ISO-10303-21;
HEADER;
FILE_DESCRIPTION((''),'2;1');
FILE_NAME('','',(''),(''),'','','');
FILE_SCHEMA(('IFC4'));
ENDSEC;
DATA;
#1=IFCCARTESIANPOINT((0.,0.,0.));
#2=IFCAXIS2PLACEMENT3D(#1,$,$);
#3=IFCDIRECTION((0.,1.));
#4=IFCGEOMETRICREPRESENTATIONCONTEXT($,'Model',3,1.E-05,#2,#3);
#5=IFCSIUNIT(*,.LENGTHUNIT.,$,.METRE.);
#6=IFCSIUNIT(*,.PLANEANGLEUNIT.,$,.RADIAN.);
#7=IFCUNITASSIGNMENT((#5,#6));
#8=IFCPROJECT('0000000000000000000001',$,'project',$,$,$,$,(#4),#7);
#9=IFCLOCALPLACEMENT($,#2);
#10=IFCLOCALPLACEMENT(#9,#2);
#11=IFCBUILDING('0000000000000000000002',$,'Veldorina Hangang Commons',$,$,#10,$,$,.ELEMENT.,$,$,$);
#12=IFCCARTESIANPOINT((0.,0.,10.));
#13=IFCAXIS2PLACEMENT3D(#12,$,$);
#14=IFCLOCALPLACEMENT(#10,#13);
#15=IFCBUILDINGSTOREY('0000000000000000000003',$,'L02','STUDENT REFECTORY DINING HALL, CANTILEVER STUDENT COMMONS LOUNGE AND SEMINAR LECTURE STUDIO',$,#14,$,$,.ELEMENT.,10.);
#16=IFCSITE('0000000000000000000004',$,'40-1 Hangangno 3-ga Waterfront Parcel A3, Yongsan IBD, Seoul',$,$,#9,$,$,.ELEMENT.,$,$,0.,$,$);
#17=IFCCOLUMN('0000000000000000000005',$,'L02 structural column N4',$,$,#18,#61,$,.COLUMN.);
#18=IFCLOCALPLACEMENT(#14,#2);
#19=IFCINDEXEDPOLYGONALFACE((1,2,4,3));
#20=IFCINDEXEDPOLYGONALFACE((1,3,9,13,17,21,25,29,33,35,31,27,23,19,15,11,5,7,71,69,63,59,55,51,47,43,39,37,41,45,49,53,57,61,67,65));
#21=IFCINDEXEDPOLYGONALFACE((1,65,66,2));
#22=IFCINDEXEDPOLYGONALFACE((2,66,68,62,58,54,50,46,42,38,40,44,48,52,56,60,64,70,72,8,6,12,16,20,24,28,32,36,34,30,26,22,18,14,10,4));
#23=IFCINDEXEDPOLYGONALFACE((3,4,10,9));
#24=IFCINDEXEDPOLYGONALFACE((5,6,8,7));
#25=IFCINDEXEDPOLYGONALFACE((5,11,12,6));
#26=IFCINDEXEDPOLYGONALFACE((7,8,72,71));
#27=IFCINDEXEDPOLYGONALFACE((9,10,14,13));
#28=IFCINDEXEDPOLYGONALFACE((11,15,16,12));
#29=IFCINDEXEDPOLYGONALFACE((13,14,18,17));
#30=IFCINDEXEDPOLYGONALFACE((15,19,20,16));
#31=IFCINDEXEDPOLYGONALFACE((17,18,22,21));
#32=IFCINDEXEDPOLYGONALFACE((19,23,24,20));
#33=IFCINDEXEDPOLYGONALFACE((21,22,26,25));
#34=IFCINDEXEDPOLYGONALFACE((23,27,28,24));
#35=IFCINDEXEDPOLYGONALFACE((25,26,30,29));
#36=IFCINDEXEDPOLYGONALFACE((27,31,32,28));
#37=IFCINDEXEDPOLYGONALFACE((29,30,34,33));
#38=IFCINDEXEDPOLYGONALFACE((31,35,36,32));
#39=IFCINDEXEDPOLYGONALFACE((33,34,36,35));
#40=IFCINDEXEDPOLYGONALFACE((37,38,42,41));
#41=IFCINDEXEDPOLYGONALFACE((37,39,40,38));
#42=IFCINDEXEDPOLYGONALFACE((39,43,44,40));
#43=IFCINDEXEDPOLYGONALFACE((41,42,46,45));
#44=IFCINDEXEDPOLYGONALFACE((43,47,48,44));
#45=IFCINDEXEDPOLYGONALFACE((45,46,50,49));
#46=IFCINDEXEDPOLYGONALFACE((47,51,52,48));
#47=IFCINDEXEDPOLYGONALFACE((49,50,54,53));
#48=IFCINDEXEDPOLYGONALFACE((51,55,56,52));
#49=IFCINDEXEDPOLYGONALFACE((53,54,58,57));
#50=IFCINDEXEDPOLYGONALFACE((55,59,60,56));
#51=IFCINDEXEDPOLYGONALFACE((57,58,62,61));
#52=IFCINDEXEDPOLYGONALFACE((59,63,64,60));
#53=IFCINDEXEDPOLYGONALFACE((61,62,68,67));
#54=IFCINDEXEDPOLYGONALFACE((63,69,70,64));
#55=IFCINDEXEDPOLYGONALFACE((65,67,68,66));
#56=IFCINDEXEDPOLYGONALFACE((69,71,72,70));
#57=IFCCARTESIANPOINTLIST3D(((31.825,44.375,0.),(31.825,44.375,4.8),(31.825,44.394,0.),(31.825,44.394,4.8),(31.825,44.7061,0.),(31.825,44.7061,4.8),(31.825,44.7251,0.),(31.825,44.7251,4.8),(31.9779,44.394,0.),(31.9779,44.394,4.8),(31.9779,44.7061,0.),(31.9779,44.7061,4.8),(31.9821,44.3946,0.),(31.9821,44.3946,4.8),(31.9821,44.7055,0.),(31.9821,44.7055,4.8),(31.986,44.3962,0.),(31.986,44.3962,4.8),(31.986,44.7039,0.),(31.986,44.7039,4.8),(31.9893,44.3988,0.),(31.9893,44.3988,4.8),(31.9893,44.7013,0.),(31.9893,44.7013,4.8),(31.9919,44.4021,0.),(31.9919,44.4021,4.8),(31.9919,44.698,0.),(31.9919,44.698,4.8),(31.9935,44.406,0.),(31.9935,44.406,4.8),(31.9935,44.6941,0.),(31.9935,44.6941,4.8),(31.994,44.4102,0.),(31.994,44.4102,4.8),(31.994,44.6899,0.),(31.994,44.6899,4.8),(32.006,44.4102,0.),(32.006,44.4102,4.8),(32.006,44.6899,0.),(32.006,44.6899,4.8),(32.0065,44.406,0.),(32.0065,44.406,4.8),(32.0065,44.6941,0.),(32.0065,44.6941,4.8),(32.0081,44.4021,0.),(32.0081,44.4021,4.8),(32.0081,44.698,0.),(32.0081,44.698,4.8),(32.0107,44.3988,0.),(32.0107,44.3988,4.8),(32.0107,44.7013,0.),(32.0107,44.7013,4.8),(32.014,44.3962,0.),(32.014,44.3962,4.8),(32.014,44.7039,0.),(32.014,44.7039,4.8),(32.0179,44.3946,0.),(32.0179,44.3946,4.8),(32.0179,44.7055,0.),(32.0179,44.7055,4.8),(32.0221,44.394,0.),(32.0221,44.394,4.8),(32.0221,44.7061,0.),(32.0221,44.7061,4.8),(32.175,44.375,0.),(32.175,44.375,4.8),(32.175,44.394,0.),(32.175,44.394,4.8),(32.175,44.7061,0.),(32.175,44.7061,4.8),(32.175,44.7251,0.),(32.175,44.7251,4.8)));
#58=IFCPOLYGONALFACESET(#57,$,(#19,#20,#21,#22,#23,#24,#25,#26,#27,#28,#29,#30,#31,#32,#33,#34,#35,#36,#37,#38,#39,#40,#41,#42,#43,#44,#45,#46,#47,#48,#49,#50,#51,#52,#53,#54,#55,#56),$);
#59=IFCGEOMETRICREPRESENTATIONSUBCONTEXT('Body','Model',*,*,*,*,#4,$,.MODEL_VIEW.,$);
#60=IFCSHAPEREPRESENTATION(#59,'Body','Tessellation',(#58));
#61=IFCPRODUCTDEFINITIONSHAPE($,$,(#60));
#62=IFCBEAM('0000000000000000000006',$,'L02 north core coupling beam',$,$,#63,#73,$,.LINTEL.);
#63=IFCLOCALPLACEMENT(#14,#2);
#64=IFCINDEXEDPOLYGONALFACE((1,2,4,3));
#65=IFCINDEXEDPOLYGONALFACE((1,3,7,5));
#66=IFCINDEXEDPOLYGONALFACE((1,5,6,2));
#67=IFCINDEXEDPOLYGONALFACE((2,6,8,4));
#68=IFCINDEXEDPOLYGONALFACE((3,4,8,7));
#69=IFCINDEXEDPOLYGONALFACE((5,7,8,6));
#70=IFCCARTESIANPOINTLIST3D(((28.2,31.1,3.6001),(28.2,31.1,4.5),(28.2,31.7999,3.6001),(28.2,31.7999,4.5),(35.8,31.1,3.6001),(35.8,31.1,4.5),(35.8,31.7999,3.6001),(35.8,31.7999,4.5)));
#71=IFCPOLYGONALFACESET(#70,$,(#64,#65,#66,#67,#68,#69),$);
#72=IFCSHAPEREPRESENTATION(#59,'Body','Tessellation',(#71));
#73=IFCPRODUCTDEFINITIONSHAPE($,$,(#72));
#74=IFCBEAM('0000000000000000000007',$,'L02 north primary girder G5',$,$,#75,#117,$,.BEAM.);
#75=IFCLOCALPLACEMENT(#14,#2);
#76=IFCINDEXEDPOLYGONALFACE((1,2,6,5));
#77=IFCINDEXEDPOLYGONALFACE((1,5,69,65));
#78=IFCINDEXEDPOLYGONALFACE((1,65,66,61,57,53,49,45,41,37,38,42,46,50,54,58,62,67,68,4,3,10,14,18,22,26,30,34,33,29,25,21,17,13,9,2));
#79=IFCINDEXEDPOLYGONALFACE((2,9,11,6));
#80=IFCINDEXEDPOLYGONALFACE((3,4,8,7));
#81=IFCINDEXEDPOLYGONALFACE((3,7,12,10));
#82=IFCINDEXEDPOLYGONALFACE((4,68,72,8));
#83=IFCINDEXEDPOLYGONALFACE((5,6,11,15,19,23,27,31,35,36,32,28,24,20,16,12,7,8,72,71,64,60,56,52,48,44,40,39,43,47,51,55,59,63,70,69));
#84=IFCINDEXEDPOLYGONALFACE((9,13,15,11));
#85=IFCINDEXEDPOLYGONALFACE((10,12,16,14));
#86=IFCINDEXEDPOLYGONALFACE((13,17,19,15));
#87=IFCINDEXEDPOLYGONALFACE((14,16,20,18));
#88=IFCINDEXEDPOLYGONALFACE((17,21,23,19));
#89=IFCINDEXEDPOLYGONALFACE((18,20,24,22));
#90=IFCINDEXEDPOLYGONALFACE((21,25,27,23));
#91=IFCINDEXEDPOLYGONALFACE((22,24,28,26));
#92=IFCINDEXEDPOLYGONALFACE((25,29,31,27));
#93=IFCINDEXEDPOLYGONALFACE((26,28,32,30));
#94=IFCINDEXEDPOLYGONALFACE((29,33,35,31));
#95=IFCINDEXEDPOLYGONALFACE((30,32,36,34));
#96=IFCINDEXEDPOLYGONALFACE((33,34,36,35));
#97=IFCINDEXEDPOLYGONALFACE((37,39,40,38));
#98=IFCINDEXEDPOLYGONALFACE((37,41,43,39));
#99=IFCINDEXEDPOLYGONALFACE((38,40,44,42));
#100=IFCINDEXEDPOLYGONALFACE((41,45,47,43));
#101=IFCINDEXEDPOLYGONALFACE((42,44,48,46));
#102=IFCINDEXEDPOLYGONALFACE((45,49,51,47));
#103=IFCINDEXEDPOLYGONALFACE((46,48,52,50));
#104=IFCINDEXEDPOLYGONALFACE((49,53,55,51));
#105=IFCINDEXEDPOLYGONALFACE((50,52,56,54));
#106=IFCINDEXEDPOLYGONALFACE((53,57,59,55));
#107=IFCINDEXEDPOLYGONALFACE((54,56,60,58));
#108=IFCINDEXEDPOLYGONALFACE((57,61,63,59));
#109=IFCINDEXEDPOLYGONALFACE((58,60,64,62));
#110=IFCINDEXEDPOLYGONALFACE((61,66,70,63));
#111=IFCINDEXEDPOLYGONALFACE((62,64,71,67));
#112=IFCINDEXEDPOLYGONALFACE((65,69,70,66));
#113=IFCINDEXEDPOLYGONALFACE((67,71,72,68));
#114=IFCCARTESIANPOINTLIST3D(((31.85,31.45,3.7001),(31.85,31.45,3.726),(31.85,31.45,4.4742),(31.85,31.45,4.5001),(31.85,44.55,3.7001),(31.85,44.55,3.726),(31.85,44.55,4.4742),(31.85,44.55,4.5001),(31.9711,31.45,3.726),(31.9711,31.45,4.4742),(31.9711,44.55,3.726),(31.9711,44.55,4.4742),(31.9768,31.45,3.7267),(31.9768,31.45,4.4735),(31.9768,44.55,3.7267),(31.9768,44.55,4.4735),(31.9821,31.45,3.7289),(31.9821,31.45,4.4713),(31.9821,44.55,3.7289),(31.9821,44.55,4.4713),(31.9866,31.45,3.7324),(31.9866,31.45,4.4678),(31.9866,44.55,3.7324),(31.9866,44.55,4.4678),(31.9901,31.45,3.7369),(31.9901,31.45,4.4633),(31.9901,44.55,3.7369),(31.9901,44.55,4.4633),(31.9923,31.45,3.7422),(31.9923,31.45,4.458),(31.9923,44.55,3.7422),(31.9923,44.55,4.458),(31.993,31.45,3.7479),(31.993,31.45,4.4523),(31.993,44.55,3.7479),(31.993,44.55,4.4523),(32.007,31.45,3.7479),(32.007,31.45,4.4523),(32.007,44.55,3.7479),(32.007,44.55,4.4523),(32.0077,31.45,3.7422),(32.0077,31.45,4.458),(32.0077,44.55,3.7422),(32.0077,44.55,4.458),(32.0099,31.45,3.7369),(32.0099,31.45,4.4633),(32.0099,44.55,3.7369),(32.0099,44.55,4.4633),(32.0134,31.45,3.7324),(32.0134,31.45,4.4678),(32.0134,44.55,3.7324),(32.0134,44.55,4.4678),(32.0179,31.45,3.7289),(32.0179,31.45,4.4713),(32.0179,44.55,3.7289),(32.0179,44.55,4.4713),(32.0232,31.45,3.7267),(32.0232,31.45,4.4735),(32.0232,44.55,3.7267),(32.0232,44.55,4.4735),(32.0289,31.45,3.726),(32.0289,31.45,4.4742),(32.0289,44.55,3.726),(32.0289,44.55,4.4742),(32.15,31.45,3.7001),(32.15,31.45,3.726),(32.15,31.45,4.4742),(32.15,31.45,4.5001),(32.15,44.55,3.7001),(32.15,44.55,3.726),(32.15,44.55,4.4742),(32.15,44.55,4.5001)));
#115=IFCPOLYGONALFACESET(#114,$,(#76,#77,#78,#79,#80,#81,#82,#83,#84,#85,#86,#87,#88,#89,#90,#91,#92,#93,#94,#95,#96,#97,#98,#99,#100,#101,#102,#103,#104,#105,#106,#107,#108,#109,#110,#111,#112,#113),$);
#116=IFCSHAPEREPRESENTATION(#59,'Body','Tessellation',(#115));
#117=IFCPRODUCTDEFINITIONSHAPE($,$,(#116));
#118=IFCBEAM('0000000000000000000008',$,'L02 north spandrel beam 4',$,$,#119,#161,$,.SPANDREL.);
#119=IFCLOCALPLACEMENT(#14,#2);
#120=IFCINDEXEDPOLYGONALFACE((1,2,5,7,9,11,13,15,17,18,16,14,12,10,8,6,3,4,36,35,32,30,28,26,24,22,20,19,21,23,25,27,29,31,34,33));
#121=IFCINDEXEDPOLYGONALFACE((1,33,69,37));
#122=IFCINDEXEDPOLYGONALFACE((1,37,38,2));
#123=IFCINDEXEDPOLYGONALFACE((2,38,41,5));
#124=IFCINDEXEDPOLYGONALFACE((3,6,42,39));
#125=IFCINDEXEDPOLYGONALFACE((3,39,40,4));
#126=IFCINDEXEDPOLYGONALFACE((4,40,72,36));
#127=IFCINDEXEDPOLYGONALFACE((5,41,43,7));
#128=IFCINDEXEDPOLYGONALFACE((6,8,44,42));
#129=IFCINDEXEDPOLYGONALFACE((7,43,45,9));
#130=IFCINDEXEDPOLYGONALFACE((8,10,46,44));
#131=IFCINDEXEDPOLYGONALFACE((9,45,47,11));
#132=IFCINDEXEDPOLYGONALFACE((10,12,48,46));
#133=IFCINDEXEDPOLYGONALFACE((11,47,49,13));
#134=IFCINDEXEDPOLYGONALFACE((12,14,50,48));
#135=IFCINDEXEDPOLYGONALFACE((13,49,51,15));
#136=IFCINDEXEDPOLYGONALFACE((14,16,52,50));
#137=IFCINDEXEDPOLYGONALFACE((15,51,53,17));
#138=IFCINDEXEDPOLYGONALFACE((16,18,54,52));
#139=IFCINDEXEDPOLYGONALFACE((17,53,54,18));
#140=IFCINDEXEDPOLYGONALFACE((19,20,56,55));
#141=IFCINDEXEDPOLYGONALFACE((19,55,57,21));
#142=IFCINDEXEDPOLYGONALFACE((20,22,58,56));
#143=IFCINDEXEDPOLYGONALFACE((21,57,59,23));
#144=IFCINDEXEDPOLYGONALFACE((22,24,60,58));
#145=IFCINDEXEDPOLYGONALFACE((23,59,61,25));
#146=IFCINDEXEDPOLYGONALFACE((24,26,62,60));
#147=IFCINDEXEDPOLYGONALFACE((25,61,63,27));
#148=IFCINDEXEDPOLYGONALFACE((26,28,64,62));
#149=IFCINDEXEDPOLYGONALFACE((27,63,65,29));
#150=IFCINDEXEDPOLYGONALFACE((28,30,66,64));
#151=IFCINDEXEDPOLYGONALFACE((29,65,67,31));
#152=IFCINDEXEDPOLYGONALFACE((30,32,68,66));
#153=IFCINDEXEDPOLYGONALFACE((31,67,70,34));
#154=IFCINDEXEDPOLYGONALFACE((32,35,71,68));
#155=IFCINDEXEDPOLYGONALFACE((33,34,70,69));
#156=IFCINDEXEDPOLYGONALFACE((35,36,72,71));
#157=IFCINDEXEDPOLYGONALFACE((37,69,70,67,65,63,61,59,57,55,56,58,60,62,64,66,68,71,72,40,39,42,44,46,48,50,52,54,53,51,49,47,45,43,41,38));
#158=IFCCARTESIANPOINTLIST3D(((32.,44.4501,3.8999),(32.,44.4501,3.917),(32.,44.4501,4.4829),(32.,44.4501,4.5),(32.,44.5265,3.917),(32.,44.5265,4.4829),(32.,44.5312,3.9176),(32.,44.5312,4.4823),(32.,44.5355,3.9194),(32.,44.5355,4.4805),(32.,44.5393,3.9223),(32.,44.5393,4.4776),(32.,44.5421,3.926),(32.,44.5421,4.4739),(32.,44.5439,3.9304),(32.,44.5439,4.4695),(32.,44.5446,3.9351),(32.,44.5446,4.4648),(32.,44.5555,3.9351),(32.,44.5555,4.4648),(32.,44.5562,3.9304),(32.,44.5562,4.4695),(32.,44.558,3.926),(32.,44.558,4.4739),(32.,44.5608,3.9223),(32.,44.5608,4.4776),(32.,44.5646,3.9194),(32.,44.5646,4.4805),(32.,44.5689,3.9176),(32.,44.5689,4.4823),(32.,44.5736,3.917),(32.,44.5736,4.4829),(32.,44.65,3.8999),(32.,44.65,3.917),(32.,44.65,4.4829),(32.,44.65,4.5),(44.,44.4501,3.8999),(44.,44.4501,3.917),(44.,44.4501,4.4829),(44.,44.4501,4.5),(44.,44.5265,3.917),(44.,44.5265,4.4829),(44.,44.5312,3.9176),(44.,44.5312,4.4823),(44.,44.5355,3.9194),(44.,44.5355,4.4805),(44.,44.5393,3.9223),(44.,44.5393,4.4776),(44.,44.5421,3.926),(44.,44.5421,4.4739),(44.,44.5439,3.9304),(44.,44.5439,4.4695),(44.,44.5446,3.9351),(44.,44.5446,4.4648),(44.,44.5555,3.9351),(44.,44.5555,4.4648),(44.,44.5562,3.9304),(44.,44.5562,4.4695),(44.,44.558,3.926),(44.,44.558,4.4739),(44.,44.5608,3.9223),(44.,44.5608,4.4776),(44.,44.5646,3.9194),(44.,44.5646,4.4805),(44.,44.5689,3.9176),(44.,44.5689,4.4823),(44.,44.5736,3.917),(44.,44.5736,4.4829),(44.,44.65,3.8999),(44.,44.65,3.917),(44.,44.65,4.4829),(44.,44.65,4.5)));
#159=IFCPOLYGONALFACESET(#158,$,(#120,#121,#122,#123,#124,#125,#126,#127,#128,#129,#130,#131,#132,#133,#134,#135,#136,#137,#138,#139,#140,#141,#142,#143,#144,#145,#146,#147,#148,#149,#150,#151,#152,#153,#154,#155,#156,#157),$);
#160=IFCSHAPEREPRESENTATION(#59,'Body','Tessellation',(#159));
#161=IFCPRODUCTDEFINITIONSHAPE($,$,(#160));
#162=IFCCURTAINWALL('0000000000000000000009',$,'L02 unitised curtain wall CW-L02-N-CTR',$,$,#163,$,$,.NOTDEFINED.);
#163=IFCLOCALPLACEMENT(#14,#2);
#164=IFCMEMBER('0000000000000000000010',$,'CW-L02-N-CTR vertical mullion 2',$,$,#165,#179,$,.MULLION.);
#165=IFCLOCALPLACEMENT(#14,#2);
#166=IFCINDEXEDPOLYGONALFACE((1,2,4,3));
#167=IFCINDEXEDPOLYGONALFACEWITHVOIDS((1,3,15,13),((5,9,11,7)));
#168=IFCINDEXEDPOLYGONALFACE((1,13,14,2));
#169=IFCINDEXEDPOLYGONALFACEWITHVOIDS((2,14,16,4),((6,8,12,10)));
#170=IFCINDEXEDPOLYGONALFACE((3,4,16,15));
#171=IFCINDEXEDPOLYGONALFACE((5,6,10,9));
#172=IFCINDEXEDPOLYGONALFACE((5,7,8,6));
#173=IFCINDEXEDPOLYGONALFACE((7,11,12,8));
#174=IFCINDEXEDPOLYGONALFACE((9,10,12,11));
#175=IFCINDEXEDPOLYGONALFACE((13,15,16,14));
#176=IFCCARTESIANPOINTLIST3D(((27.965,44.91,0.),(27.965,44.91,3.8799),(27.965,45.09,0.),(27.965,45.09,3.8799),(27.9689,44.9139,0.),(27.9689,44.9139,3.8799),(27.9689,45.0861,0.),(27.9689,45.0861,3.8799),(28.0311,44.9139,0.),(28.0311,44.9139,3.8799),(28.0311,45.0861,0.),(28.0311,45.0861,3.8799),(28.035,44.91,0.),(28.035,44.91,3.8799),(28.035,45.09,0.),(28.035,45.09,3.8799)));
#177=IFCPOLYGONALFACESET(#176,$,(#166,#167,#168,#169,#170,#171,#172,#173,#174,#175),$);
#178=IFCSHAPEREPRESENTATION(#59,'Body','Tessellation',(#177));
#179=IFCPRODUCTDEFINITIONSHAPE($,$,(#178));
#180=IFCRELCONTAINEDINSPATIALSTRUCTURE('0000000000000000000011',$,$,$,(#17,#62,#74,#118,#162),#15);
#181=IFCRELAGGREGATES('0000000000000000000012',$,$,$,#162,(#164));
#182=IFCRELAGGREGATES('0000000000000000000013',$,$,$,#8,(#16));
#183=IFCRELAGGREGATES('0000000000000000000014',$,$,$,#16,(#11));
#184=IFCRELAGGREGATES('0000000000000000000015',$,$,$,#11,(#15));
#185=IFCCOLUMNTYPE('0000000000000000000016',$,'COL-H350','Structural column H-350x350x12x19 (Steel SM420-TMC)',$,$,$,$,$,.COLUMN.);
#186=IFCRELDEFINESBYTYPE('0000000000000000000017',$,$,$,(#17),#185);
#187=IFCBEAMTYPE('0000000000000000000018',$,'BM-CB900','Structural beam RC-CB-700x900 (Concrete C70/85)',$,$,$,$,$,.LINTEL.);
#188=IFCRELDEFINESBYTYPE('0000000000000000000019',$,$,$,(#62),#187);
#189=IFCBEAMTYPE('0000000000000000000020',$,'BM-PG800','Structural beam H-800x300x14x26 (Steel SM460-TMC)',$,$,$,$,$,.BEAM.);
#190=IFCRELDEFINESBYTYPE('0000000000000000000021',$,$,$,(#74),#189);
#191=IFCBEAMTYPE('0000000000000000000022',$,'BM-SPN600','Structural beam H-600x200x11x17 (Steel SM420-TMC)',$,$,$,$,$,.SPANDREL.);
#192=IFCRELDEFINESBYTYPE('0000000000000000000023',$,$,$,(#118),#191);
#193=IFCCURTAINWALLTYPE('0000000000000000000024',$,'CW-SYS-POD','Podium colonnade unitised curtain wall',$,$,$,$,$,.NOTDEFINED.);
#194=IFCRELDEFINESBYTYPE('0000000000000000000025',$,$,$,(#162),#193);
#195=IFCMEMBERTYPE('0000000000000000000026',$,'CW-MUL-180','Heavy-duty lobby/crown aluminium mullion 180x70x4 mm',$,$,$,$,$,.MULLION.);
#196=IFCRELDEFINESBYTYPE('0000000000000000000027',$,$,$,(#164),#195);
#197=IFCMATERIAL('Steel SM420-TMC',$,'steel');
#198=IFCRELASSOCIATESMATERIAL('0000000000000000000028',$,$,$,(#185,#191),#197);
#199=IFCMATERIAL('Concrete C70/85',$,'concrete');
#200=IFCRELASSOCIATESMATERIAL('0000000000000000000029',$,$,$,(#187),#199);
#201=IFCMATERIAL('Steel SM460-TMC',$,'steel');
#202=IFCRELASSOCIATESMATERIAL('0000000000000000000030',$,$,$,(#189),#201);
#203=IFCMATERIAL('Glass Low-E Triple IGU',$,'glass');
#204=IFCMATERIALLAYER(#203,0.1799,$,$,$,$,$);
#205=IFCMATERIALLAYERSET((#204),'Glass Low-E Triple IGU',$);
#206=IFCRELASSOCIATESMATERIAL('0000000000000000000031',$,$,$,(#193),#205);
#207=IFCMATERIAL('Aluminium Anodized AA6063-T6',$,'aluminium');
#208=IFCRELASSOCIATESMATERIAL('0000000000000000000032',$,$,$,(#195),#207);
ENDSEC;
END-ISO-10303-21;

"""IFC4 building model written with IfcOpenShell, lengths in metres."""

from ifc_helpers import new_model, si_unit, direction, frame, origin, origin_2d, place, context, subcontext, project, spatial, rectangle, hollow_rectangle, i_section, extrude, material, layer, layer_set, material_profile, profile_set, type_object, element, aggregate, save


model = new_model("IFC4")

# Units and contexts
model_context = context("Model", 3, precision=1e-05, world=origin(), true_north=direction((0.0, 1.0)))
body_context = subcontext(model_context, "Body", "Model", "MODEL_VIEW")
ifc_project = project(units=[si_unit("LENGTHUNIT", "METRE"), si_unit("PLANEANGLEUNIT", "RADIAN")], contexts=[model_context])

# Site, building, storey
site_placement = place(None, origin())
site = spatial("IfcSite", under=ifc_project, at=site_placement, Name="40-1 Hangangno 3-ga Waterfront Parcel A3, Yongsan IBD, Seoul", CompositionType="ELEMENT", RefElevation=0.0)
building_placement = place(site_placement, origin())
building = spatial("IfcBuilding", under=site, at=building_placement, Name="Veldorina Hangang Commons", CompositionType="ELEMENT")
storey_placement = place(building_placement, frame((0.0, 0.0, 10.0)))
storey = spatial("IfcBuildingStorey", under=building, at=storey_placement, Name="L02", Description="STUDENT REFECTORY DINING HALL, CANTILEVER STUDENT COMMONS LOUNGE AND SEMINAR LECTURE STUDIO", CompositionType="ELEMENT", Elevation=10.0)

# Column
ifc_material_1 = material(Name="Steel SM420-TMC", Category="steel")
ifc_material_profile_1 = material_profile(ifc_material_1, i_section(OverallWidth=0.3501, OverallDepth=0.3501, WebThickness=0.012, FlangeThickness=0.019, FilletRadius=0.0161, at=origin_2d()), Name="H-350x350x12x19")
ifc_profile_set_1 = profile_set([ifc_material_profile_1], Name="Steel SM420-TMC")
column_type = type_object("IfcColumnType", Name="COL-H350", Description="Structural column H-350x350x12x19 (Steel SM420-TMC)", PredefinedType="COLUMN", material=ifc_profile_set_1)
column_placement = place(storey_placement, frame((32.0, 44.55, 0.0), z_axis=(0.0, 0.0, 1.0), x_axis=(1.0, 0.0, 0.0)))
element("IfcColumn", 1, at=column_placement, inside=storey, type_object=column_type, Name="L02 structural column N4", PredefinedType="COLUMN", context=body_context, shape_type="SweptSolid", body=[
    extrude(i_section(OverallWidth=0.3501, OverallDepth=0.3501, WebThickness=0.012, FlangeThickness=0.019, FilletRadius=0.0161, at=origin_2d()), origin(), (0.0, 0.0, 1.0), 4.8),
])

# Beams
ifc_material_2 = material(Name="Concrete C70/85", Category="concrete")
ifc_material_profile_2 = material_profile(ifc_material_2, rectangle(XDim=0.7, YDim=0.8999, at=origin_2d()), Name="RC-CB-700x900")
ifc_profile_set_2 = profile_set([ifc_material_profile_2], Name="Concrete C70/85")
beam_type_1 = type_object("IfcBeamType", Name="BM-CB900", Description="Structural beam RC-CB-700x900 (Concrete C70/85)", PredefinedType="LINTEL", material=ifc_profile_set_2)
beam_1_placement = place(storey_placement, frame((28.2, 31.45, 4.05), z_axis=(1.0, 0.0, 0.0), x_axis=(0.0, 1.0, 0.0)))
element("IfcBeam", 2, at=beam_1_placement, inside=storey, type_object=beam_type_1, Name="L02 north core coupling beam", PredefinedType="LINTEL", context=body_context, shape_type="SweptSolid", body=[
    extrude(rectangle(XDim=0.7, YDim=0.8999, at=origin_2d()), origin(), (0.0, 0.0, 1.0), 7.6001),
])
ifc_material_3 = material(Name="Steel SM460-TMC", Category="steel")
ifc_material_profile_3 = material_profile(ifc_material_3, i_section(OverallWidth=0.3, OverallDepth=0.8, WebThickness=0.0139, FlangeThickness=0.0259, FilletRadius=0.022, at=origin_2d()), Name="H-800x300x14x26")
ifc_profile_set_3 = profile_set([ifc_material_profile_3], Name="Steel SM460-TMC")
beam_type_2 = type_object("IfcBeamType", Name="BM-PG800", Description="Structural beam H-800x300x14x26 (Steel SM460-TMC)", PredefinedType="BEAM", material=ifc_profile_set_3)
beam_2_placement = place(storey_placement, frame((32.0, 31.45, 4.1001), z_axis=(0.0, 1.0, 0.0), x_axis=(-1.0, 0.0, 0.0)))
element("IfcBeam", 3, at=beam_2_placement, inside=storey, type_object=beam_type_2, Name="L02 north primary girder G5", PredefinedType="BEAM", context=body_context, shape_type="SweptSolid", body=[
    extrude(i_section(OverallWidth=0.3, OverallDepth=0.8, WebThickness=0.0139, FlangeThickness=0.0259, FilletRadius=0.022, at=origin_2d()), origin(), (0.0, 0.0, 1.0), 13.1001),
])
ifc_material_profile_4 = material_profile(ifc_material_1, i_section(OverallWidth=0.2, OverallDepth=0.6001, WebThickness=0.011, FlangeThickness=0.0171, FilletRadius=0.0181, at=origin_2d()), Name="H-600x200x11x17")
ifc_profile_set_4 = profile_set([ifc_material_profile_4], Name="Steel SM420-TMC")
beam_type_3 = type_object("IfcBeamType", Name="BM-SPN600", Description="Structural beam H-600x200x11x17 (Steel SM420-TMC)", PredefinedType="SPANDREL", material=ifc_profile_set_4)
beam_3_placement = place(storey_placement, frame((32.0, 44.55, 4.2), z_axis=(1.0, 0.0, 0.0), x_axis=(0.0, 1.0, 0.0)))
element("IfcBeam", 4, at=beam_3_placement, inside=storey, type_object=beam_type_3, Name="L02 north spandrel beam 4", PredefinedType="SPANDREL", context=body_context, shape_type="SweptSolid", body=[
    extrude(i_section(OverallWidth=0.2, OverallDepth=0.6001, WebThickness=0.011, FlangeThickness=0.0171, FilletRadius=0.0181, at=origin_2d()), origin(), (0.0, 0.0, 1.0), 12.0),
])

# Curtain wall, member
ifc_material_4 = material(Name="Glass Low-E Triple IGU", Category="glass")
ifc_layer_1 = layer(ifc_material_4, 0.1799)
ifc_layer_set_1 = layer_set([ifc_layer_1], Name="Glass Low-E Triple IGU")
curtain_wall_type = type_object("IfcCurtainWallType", Name="CW-SYS-POD", Description="Podium colonnade unitised curtain wall", PredefinedType="NOTDEFINED", material=ifc_layer_set_1)
curtain_wall_placement = place(storey_placement, origin())
curtain_wall = element("IfcCurtainWall", 5, at=curtain_wall_placement, inside=storey, type_object=curtain_wall_type, Name="L02 unitised curtain wall CW-L02-N-CTR", PredefinedType="NOTDEFINED")
ifc_material_5 = material(Name="Aluminium Anodized AA6063-T6", Category="aluminium")
ifc_material_profile_5 = material_profile(ifc_material_5, hollow_rectangle(XDim=0.0701, YDim=0.1799, WallThickness=0.0039, at=origin_2d()), Name="ALU-RHS-180x70x4")
ifc_profile_set_5 = profile_set([ifc_material_profile_5], Name="Aluminium Anodized AA6063-T6")
member_type_1 = type_object("IfcMemberType", Name="CW-MUL-180", Description="Heavy-duty lobby/crown aluminium mullion 180x70x4 mm", PredefinedType="MULLION", material=ifc_profile_set_5)
member_1_placement = place(storey_placement, frame((28.0, 45.0, 0.0), z_axis=(0.0, 0.0, 1.0), x_axis=(-1.0, 0.0, 0.0)))
member_1 = element("IfcMember", 6, at=member_1_placement, type_object=member_type_1, Name="CW-L02-N-CTR vertical mullion 2", PredefinedType="MULLION", context=body_context, shape_type="SweptSolid", body=[
    extrude(hollow_rectangle(XDim=0.0701, YDim=0.1799, WallThickness=0.0039, at=origin_2d()), origin(), (0.0, 0.0, 1.0), 3.8799),
])
aggregate(curtain_wall, [member_1])

save(model, "model.ifc")
